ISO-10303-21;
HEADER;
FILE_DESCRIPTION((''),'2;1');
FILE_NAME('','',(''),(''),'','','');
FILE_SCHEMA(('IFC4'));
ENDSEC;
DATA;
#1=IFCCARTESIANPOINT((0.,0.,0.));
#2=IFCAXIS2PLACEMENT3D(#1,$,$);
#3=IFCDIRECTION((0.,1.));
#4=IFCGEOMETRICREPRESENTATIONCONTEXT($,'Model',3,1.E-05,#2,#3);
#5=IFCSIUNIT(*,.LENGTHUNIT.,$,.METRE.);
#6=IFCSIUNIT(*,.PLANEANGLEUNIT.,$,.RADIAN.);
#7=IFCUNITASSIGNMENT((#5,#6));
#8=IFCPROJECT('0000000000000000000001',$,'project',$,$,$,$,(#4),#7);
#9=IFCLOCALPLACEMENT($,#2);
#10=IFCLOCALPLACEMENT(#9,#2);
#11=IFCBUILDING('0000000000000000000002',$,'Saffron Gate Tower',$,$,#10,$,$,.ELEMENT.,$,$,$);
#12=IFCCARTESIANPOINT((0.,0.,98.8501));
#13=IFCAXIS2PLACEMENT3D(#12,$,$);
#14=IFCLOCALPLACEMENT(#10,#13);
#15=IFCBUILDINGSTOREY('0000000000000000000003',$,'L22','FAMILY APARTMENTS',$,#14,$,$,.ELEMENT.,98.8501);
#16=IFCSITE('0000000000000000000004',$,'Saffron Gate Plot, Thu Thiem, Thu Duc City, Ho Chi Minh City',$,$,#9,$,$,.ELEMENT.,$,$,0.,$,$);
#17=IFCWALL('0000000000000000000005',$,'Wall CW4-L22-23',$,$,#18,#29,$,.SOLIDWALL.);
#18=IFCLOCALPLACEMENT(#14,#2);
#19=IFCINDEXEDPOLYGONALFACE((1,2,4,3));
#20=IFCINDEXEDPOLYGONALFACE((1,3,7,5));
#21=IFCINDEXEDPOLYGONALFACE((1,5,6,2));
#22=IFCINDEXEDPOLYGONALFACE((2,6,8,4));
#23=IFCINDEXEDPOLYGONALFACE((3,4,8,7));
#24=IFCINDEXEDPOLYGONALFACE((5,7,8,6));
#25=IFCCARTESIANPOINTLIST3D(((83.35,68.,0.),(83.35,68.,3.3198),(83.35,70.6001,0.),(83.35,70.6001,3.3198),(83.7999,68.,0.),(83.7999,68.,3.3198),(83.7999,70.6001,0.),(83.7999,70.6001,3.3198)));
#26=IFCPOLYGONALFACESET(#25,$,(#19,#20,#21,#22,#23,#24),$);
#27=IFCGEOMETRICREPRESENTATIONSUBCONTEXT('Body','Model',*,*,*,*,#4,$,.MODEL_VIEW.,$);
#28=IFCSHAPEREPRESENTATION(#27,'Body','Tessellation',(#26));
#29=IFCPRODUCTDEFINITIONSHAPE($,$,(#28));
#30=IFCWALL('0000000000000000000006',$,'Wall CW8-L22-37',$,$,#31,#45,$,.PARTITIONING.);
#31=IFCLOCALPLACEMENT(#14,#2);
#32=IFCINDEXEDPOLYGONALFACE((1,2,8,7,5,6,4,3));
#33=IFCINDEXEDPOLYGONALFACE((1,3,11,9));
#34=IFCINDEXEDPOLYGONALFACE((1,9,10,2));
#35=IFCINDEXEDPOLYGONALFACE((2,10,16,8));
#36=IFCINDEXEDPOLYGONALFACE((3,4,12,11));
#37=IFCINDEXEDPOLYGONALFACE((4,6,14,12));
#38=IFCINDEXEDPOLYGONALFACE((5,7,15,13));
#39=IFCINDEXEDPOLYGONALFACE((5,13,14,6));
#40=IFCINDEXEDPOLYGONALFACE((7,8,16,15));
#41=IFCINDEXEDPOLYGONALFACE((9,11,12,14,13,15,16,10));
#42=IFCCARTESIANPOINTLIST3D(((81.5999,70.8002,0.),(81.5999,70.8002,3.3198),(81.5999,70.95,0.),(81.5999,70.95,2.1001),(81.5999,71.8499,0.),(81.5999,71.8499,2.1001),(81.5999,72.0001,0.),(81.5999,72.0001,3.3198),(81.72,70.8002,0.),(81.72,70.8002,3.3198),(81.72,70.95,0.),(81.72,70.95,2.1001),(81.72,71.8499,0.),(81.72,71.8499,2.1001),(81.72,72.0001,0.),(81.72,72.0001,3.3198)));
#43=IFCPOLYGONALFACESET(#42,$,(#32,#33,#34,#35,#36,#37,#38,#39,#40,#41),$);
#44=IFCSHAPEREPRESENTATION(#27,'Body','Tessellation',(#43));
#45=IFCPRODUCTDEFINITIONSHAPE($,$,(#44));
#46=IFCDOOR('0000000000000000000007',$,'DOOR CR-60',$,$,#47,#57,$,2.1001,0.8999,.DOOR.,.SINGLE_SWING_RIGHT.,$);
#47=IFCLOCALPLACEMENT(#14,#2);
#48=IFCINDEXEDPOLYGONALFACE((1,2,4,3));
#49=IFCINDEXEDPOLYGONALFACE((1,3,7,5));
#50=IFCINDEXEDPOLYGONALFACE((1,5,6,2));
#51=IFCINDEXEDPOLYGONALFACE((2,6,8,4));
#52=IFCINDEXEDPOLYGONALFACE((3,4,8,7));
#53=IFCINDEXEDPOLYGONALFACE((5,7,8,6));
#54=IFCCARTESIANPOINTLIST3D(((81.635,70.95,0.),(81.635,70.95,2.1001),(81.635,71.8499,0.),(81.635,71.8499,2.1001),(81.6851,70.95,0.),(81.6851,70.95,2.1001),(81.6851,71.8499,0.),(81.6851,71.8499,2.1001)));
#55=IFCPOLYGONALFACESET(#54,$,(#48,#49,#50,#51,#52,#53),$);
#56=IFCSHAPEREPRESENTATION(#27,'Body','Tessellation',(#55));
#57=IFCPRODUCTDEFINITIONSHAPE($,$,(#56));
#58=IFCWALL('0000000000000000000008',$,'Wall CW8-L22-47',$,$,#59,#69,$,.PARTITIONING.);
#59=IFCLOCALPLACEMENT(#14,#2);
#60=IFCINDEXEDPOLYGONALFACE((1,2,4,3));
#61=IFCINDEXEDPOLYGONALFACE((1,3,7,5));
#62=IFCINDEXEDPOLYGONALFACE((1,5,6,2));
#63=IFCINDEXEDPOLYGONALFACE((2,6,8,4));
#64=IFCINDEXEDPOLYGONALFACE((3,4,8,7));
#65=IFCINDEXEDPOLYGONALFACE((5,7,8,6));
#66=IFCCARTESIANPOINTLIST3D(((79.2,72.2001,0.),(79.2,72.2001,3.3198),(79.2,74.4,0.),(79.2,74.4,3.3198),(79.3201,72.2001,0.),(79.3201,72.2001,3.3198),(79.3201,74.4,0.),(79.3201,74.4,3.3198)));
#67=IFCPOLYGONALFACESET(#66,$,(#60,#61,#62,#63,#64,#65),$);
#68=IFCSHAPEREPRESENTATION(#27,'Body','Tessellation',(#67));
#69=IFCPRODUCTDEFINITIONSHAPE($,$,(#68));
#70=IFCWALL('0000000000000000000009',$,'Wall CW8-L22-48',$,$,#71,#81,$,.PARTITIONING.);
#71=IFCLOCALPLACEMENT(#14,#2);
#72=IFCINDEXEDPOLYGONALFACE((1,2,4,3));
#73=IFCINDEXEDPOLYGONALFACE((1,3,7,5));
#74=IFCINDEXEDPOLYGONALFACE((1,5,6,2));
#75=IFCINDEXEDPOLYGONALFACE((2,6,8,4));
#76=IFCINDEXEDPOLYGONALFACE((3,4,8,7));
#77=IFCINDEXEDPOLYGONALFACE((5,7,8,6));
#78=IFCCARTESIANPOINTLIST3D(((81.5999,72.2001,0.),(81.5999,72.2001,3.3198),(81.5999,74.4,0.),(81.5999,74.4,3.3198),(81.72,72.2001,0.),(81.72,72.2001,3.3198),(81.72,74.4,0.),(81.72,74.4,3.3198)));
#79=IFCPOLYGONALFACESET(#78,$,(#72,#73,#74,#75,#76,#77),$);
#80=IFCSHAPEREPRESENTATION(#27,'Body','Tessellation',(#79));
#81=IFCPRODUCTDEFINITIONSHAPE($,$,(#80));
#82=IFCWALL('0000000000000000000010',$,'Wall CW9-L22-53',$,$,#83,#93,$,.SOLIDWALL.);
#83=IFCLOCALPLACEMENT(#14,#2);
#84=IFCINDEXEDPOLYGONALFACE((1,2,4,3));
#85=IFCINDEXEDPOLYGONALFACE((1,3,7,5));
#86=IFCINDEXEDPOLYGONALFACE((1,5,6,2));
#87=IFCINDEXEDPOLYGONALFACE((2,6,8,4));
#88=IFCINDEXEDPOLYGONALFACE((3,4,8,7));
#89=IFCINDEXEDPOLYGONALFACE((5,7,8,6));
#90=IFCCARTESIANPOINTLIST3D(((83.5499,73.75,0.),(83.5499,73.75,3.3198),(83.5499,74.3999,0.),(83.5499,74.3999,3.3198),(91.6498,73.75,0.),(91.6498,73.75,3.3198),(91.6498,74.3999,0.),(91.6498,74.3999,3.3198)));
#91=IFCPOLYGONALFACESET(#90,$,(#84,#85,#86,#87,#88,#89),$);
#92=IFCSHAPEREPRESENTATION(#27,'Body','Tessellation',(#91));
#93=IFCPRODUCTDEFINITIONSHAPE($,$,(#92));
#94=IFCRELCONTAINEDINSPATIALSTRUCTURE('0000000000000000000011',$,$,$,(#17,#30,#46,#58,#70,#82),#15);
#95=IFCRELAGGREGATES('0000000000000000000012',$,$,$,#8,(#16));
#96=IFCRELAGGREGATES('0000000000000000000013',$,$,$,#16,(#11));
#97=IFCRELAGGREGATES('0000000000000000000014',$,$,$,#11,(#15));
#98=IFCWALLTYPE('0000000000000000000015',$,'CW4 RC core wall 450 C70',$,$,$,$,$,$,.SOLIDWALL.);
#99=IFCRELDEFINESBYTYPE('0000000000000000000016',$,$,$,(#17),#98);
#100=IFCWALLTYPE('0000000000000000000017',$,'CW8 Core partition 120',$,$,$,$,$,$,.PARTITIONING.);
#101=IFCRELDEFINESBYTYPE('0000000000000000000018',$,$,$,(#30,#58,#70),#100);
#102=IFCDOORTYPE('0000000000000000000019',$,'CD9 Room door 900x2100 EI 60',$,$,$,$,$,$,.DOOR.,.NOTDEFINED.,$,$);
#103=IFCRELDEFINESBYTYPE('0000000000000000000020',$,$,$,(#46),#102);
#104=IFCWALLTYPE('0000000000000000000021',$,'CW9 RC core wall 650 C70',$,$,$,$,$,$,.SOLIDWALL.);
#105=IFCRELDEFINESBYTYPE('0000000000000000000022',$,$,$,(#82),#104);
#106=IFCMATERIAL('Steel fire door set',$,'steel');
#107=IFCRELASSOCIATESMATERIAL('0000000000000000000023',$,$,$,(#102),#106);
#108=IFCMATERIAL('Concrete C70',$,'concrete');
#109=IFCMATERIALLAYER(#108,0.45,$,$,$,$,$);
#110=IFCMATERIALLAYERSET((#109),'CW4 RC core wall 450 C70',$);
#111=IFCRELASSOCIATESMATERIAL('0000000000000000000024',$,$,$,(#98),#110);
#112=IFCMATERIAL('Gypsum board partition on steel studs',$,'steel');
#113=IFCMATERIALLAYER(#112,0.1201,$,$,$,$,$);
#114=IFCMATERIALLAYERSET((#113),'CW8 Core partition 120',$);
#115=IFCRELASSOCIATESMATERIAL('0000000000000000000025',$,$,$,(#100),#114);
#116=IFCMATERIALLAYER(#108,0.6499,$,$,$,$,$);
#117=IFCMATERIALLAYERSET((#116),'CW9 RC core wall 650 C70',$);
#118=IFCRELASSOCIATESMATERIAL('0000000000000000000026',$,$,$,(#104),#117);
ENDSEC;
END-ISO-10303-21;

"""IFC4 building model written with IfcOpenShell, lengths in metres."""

from ifc_helpers import new_model, si_unit, direction, frame, frame_2d, origin, place, context, subcontext, project, spatial, rectangle, extrude, material, layer, layer_set, type_object, element, fill, save


model = new_model("IFC4")

# Units and contexts
model_context = context("Model", 3, precision=1e-05, world=origin(), true_north=direction((0.0, 1.0)))
body_context = subcontext(model_context, "Body", "Model", "MODEL_VIEW")
ifc_project = project(units=[si_unit("LENGTHUNIT", "METRE"), si_unit("PLANEANGLEUNIT", "RADIAN")], contexts=[model_context])

# Site, building, storey
site_placement = place(None, origin())
site = spatial("IfcSite", under=ifc_project, at=site_placement, Name="Saffron Gate Plot, Thu Thiem, Thu Duc City, Ho Chi Minh City", CompositionType="ELEMENT", RefElevation=0.0)
building_placement = place(site_placement, origin())
building = spatial("IfcBuilding", under=site, at=building_placement, Name="Saffron Gate Tower", CompositionType="ELEMENT")
storey_placement = place(building_placement, frame((0.0, 0.0, 98.8501)))
storey = spatial("IfcBuildingStorey", under=building, at=storey_placement, Name="L22", Description="FAMILY APARTMENTS", CompositionType="ELEMENT", Elevation=98.8501)

# Shared definitions
ifc_material_1 = material(Name="Concrete C70", Category="concrete")
ifc_material_2 = material(Name="Steel fire door set", Category="steel")

# Shared definitions
door_type_1 = type_object("IfcDoorType", Name="CD9 Room door 900x2100 EI 60", OperationType="NOTDEFINED", PredefinedType="DOOR", material=ifc_material_2)

# Wall
ifc_layer_1 = layer(ifc_material_1, 0.45)
ifc_layer_set_1 = layer_set([ifc_layer_1], Name="CW4 RC core wall 450 C70")
wall_type_1 = type_object("IfcWallType", Name="CW4 RC core wall 450 C70", PredefinedType="SOLIDWALL", material=ifc_layer_set_1)
wall_1_placement = place(storey_placement, frame((83.575, 68.0, 0.0), z_axis=(0.0, 0.0, 1.0), x_axis=(0.0, 1.0, 0.0)))
element("IfcWall", 1, at=wall_1_placement, inside=storey, type_object=wall_type_1, Name="Wall CW4-L22-23", PredefinedType="SOLIDWALL", context=body_context, shape_type="SweptSolid", body=[
    extrude(rectangle(XDim=2.6001, YDim=0.45, at=frame_2d((1.3, 0.0))), origin(), (0.0, 0.0, 1.0), 3.3198),
])

# Wall, opening, door
ifc_material_3 = material(Name="Gypsum board partition on steel studs", Category="steel")
ifc_layer_2 = layer(ifc_material_3, 0.1201)
ifc_layer_set_2 = layer_set([ifc_layer_2], Name="CW8 Core partition 120")
wall_type_2 = type_object("IfcWallType", Name="CW8 Core partition 120", PredefinedType="PARTITIONING", material=ifc_layer_set_2)
wall_2_placement = place(storey_placement, frame((81.6599, 70.8, 0.0), z_axis=(0.0, 0.0, 1.0), x_axis=(0.0, 1.0, 0.0)))
wall_2 = element("IfcWall", 2, at=wall_2_placement, inside=storey, type_object=wall_type_2, Name="Wall CW8-L22-37", PredefinedType="PARTITIONING", context=body_context, shape_type="SweptSolid", body=[
    extrude(rectangle(XDim=1.2, YDim=0.1201, at=frame_2d((0.6001, 0.0))), origin(), (0.0, 0.0, 1.0), 3.3198),
])
opening_1_placement = place(wall_2_placement, frame((0.1499, 0.0, 0.0)))
opening_1 = element("IfcOpeningElement", 3, at=opening_1_placement, cuts=wall_2, PredefinedType="OPENING", context=body_context, shape_type="SweptSolid", body=[
    extrude(rectangle(XDim=0.8999, YDim=2.1001, at=frame_2d((0.45, 1.05))), frame((0.0, 0.0701, 0.0), z_axis=(0.0, -1.0, 0.0), x_axis=(1.0, 0.0, 0.0)), (0.0, 0.0, 1.0), 0.1401),
])
door_1_placement = place(opening_1_placement, origin())
door_1 = element("IfcDoor", 4, at=door_1_placement, inside=storey, type_object=door_type_1, Name="DOOR CR-60", OperationType="SINGLE_SWING_RIGHT", OverallHeight=2.1001, OverallWidth=0.8999, PredefinedType="DOOR", context=body_context, shape_type="SweptSolid", body=[
    extrude(rectangle(XDim=0.8999, YDim=2.1001, at=frame_2d((0.45, 1.05))), frame((0.0, 0.0249, 0.0), z_axis=(0.0, -1.0, 0.0), x_axis=(1.0, 0.0, 0.0)), (0.0, 0.0, 1.0), 0.05),
])
fill(opening_1, door_1)

# Walls
for number, where, z_axis, x_axis, name in (
    (5, (79.26, 72.2, 0.0), (0.0, 0.0, 1.0), (0.0, 1.0, 0.0), "Wall CW8-L22-47"),
    (6, (81.6599, 72.2, 0.0), (0.0, 0.0, 1.0), (0.0, 1.0, 0.0), "Wall CW8-L22-48"),
):
    element("IfcWall", number, at=place(storey_placement, frame(where, z_axis=z_axis, x_axis=x_axis)), inside=storey, type_object=wall_type_2, Name=name, PredefinedType="PARTITIONING", context=body_context, shape_type="SweptSolid", body=[
        extrude(rectangle(XDim=2.2, YDim=0.1201, at=frame_2d((1.1001, 0.0))), origin(), (0.0, 0.0, 1.0), 3.3198),
    ])
ifc_layer_3 = layer(ifc_material_1, 0.6499)
ifc_layer_set_3 = layer_set([ifc_layer_3], Name="CW9 RC core wall 650 C70")
wall_type_3 = type_object("IfcWallType", Name="CW9 RC core wall 650 C70", PredefinedType="SOLIDWALL", material=ifc_layer_set_3)
wall_3_placement = place(storey_placement, frame((83.55, 74.075, 0.0), z_axis=(0.0, 0.0, 1.0), x_axis=(1.0, 0.0, 0.0)))
element("IfcWall", 7, at=wall_3_placement, inside=storey, type_object=wall_type_3, Name="Wall CW9-L22-53", PredefinedType="SOLIDWALL", context=body_context, shape_type="SweptSolid", body=[
    extrude(rectangle(XDim=8.0999, YDim=0.6499, at=frame_2d((4.0498, 0.0))), origin(), (0.0, 0.0, 1.0), 3.3198),
])

save(model, "model.ifc")
